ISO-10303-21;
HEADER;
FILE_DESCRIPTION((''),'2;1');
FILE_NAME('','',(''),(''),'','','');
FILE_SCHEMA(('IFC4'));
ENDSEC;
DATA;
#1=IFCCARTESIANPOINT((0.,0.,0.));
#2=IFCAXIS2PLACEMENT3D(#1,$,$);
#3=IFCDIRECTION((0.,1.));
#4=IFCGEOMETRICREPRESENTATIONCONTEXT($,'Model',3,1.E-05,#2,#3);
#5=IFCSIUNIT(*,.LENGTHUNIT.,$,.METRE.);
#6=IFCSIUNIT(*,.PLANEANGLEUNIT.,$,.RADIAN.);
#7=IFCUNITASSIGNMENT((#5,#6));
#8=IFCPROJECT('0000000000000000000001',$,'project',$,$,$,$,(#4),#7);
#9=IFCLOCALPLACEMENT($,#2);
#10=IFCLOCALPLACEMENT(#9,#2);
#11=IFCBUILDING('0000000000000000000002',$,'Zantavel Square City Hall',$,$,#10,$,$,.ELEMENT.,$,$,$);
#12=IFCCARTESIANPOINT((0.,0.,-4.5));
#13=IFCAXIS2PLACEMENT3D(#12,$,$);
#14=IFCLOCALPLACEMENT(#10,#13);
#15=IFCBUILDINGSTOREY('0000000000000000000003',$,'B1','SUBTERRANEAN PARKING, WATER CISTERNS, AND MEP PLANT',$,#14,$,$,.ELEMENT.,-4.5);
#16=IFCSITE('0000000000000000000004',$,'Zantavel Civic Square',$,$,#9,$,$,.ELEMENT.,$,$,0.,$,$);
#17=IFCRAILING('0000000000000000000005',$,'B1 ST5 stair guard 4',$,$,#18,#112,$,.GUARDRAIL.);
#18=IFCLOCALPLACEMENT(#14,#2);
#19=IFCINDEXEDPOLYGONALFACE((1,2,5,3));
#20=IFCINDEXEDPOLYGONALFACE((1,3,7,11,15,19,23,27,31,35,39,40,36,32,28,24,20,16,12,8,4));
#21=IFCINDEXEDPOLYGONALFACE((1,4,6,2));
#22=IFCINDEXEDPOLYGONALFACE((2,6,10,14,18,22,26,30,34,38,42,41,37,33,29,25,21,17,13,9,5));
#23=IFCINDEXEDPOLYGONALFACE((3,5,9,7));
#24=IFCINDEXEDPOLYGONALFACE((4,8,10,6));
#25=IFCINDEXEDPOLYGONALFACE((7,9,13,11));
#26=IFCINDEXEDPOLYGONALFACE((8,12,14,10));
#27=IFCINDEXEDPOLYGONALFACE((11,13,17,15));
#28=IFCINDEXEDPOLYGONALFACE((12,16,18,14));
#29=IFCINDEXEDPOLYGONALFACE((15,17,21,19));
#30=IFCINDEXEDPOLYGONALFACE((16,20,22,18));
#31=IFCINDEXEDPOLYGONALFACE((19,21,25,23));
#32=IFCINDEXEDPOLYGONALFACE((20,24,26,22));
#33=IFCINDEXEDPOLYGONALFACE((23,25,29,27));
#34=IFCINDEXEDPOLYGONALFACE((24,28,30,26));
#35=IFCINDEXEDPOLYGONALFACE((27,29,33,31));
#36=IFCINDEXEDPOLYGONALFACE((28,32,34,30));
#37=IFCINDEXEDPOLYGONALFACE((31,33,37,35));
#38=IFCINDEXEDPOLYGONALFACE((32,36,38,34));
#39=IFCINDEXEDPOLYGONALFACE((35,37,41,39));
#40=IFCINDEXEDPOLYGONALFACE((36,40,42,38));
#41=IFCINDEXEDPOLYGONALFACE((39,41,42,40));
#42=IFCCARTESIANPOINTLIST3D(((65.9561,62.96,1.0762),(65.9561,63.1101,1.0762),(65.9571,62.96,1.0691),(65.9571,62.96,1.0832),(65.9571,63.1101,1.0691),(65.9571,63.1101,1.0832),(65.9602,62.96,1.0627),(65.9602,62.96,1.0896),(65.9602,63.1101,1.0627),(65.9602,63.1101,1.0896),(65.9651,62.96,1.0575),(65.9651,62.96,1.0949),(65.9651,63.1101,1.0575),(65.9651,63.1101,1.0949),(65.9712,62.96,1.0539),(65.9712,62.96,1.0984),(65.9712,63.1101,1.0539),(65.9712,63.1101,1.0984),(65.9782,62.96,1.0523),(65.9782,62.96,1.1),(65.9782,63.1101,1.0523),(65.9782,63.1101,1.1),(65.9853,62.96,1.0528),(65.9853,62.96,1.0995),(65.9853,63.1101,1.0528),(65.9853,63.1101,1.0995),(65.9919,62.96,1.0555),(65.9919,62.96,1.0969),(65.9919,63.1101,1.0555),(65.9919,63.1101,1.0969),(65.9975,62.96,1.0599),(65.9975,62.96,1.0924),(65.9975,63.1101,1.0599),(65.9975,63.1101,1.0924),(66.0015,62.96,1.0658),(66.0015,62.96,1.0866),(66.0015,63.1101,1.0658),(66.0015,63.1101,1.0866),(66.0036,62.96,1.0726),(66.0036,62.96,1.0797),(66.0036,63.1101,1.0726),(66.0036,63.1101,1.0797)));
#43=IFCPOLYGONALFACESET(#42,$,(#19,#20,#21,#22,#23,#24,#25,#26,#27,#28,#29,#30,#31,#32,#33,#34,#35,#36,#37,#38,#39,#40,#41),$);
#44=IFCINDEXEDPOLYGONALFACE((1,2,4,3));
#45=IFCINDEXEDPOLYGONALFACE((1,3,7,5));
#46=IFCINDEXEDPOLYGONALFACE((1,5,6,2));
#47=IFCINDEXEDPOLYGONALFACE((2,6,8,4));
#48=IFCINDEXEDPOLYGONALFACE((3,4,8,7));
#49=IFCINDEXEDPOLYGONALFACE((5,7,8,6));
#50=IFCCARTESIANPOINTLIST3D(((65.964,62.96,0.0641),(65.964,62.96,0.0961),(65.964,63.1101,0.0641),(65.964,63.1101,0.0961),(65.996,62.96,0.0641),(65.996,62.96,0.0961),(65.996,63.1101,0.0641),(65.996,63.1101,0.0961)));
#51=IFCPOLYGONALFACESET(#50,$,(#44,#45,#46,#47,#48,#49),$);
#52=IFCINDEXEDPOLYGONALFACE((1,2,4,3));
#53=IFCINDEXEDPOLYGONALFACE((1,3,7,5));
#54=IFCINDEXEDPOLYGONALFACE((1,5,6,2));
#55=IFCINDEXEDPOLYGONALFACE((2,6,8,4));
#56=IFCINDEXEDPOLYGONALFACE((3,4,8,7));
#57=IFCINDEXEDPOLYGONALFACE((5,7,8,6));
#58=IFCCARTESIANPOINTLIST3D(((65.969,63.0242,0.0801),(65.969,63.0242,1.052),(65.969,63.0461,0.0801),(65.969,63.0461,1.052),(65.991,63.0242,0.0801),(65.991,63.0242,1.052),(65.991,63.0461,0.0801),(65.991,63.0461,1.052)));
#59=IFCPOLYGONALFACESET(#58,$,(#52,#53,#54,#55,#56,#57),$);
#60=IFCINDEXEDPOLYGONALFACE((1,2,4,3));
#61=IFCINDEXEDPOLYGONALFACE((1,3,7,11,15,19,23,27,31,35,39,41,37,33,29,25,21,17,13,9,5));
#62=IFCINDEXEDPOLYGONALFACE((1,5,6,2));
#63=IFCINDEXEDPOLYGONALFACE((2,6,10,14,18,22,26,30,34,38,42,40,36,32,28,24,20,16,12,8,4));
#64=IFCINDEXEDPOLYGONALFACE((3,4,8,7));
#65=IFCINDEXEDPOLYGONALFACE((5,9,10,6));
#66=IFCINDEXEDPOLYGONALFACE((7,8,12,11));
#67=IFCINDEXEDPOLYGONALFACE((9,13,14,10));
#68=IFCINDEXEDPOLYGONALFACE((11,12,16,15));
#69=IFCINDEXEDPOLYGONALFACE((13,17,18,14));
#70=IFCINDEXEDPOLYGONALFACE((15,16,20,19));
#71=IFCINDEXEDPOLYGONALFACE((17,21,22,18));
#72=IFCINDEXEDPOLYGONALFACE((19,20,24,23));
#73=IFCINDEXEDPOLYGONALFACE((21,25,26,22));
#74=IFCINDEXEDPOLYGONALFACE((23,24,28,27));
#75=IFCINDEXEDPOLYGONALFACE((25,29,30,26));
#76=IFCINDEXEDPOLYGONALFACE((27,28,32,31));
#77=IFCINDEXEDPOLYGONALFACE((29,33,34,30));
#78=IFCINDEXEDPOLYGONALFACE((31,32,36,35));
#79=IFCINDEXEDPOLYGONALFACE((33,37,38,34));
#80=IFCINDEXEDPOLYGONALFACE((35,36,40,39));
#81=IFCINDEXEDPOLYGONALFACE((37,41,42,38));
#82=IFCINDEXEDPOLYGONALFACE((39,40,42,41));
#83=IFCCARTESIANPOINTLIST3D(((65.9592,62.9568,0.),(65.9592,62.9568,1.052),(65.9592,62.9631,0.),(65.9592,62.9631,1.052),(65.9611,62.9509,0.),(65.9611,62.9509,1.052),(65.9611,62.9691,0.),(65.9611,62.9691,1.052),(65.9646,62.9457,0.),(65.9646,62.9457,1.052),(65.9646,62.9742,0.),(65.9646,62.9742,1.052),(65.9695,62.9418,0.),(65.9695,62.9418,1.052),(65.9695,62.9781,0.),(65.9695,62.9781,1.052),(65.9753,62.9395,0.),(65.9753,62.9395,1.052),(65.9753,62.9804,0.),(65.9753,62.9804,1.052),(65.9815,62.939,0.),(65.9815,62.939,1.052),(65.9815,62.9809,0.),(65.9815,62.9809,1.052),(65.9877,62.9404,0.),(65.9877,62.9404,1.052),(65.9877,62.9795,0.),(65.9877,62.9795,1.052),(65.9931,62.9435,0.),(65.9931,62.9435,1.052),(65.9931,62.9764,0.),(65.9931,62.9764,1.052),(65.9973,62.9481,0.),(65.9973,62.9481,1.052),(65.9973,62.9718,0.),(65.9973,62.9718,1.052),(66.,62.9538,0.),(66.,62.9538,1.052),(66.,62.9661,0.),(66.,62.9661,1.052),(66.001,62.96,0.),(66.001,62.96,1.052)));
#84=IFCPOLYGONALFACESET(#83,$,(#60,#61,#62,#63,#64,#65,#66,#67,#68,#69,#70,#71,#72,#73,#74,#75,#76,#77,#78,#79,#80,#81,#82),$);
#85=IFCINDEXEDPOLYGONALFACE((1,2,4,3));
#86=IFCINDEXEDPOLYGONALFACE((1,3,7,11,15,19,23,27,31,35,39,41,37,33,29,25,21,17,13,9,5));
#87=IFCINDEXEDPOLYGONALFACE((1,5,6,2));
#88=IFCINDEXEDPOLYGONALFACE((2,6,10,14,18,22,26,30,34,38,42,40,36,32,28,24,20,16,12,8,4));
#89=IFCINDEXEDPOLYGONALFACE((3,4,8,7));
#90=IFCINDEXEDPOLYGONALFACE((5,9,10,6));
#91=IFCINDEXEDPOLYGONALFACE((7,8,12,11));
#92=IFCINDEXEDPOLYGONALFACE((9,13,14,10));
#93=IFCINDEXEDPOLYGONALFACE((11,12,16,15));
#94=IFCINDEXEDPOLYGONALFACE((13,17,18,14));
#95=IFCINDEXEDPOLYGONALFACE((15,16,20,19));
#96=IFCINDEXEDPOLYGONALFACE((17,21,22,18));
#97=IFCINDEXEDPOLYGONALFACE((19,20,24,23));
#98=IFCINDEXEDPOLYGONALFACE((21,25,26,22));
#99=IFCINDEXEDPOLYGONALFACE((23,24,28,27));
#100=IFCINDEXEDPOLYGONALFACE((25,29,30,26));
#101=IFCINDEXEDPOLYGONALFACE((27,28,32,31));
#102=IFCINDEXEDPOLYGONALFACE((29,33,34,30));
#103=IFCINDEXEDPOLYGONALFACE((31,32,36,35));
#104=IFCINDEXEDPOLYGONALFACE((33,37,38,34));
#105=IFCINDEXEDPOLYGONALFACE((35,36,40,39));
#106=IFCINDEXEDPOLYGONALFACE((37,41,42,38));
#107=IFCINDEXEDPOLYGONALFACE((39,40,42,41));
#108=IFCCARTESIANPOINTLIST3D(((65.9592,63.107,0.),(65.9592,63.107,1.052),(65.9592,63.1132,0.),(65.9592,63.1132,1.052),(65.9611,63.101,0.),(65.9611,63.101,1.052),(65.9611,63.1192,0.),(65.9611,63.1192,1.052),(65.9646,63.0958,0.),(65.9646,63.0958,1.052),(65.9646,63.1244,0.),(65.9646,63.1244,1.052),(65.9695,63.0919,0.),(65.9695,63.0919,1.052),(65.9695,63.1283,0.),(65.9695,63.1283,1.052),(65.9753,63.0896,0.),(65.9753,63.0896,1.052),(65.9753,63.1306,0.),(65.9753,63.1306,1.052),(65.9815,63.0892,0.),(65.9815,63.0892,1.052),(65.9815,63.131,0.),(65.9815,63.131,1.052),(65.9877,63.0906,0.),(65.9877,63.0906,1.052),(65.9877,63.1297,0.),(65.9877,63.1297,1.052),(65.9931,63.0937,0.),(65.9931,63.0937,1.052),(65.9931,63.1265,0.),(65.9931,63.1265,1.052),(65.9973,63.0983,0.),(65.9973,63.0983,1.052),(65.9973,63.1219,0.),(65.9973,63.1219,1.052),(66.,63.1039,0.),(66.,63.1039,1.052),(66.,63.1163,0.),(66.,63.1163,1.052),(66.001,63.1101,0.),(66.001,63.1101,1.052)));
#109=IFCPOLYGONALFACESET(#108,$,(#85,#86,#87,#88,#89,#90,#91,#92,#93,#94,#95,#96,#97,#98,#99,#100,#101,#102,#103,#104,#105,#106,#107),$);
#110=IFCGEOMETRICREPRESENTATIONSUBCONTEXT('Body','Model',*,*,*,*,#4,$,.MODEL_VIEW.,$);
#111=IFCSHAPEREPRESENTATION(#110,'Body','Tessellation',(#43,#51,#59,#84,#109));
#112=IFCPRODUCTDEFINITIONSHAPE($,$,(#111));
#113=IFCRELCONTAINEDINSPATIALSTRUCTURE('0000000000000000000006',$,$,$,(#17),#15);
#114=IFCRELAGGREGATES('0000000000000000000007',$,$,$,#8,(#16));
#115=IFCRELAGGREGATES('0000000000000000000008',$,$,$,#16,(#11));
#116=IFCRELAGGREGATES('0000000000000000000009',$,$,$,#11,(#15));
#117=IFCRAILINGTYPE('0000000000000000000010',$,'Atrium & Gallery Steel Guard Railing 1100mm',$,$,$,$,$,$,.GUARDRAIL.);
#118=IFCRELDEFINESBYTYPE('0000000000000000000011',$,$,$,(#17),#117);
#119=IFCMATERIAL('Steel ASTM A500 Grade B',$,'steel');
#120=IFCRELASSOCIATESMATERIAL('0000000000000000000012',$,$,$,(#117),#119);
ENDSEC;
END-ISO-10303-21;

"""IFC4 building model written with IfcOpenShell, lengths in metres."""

from ifc_helpers import new_model, si_unit, direction, frame, origin, origin_2d, place, context, subcontext, project, spatial, rectangle, circle, extrude, material, type_object, element, save


model = new_model("IFC4")

# Units and contexts
model_context = context("Model", 3, precision=1e-05, world=origin(), true_north=direction((0.0, 1.0)))
body_context = subcontext(model_context, "Body", "Model", "MODEL_VIEW")
ifc_project = project(units=[si_unit("LENGTHUNIT", "METRE"), si_unit("PLANEANGLEUNIT", "RADIAN")], contexts=[model_context])

# Site, building, storey
site_placement = place(None, origin())
site = spatial("IfcSite", under=ifc_project, at=site_placement, Name="Zantavel Civic Square", CompositionType="ELEMENT", RefElevation=0.0)
building_placement = place(site_placement, origin())
building = spatial("IfcBuilding", under=site, at=building_placement, Name="Zantavel Square City Hall", CompositionType="ELEMENT")
storey_placement = place(building_placement, frame((0.0, 0.0, -4.5)))
storey = spatial("IfcBuildingStorey", under=building, at=storey_placement, Name="B1", Description="SUBTERRANEAN PARKING, WATER CISTERNS, AND MEP PLANT", CompositionType="ELEMENT", Elevation=-4.5)

# Railing
ifc_material_1 = material(Name="Steel ASTM A500 Grade B", Category="steel")
railing_type_1 = type_object("IfcRailingType", Name="Atrium & Gallery Steel Guard Railing 1100mm", PredefinedType="GUARDRAIL", material=ifc_material_1)
railing_1_placement = place(storey_placement, frame((65.98, 62.96, 0.0)))
element("IfcRailing", 1, at=railing_1_placement, inside=storey, type_object=railing_type_1, Name="B1 ST5 stair guard 4", PredefinedType="GUARDRAIL", context=body_context, shape_type="SweptSolid", body=[
    extrude(circle(Radius=0.0239, at=origin_2d()), frame((0.0, 0.0, 1.0762), z_axis=(0.0, 1.0, 0.0), x_axis=(-1.0, 0.0, 0.0)), (0.0, 0.0, 1.0), 0.1501),
    extrude(rectangle(XDim=0.032, YDim=0.032, at=origin_2d()), frame((0.0, 0.0, 0.0801), z_axis=(0.0, 1.0, 0.0), x_axis=(-1.0, 0.0, 0.0)), (0.0, 0.0, 1.0), 0.1501),
    extrude(rectangle(XDim=0.022, YDim=0.022, at=origin_2d()), frame((0.0, 0.0752, 0.0801)), (0.0, 0.0, 1.0), 0.9719),
    extrude(circle(Radius=0.021, at=origin_2d()), origin(), (0.0, 0.0, 1.0), 1.052),
    extrude(circle(Radius=0.021, at=origin_2d()), frame((0.0, 0.1501, 0.0)), (0.0, 0.0, 1.0), 1.052),
])

save(model, "model.ifc")
